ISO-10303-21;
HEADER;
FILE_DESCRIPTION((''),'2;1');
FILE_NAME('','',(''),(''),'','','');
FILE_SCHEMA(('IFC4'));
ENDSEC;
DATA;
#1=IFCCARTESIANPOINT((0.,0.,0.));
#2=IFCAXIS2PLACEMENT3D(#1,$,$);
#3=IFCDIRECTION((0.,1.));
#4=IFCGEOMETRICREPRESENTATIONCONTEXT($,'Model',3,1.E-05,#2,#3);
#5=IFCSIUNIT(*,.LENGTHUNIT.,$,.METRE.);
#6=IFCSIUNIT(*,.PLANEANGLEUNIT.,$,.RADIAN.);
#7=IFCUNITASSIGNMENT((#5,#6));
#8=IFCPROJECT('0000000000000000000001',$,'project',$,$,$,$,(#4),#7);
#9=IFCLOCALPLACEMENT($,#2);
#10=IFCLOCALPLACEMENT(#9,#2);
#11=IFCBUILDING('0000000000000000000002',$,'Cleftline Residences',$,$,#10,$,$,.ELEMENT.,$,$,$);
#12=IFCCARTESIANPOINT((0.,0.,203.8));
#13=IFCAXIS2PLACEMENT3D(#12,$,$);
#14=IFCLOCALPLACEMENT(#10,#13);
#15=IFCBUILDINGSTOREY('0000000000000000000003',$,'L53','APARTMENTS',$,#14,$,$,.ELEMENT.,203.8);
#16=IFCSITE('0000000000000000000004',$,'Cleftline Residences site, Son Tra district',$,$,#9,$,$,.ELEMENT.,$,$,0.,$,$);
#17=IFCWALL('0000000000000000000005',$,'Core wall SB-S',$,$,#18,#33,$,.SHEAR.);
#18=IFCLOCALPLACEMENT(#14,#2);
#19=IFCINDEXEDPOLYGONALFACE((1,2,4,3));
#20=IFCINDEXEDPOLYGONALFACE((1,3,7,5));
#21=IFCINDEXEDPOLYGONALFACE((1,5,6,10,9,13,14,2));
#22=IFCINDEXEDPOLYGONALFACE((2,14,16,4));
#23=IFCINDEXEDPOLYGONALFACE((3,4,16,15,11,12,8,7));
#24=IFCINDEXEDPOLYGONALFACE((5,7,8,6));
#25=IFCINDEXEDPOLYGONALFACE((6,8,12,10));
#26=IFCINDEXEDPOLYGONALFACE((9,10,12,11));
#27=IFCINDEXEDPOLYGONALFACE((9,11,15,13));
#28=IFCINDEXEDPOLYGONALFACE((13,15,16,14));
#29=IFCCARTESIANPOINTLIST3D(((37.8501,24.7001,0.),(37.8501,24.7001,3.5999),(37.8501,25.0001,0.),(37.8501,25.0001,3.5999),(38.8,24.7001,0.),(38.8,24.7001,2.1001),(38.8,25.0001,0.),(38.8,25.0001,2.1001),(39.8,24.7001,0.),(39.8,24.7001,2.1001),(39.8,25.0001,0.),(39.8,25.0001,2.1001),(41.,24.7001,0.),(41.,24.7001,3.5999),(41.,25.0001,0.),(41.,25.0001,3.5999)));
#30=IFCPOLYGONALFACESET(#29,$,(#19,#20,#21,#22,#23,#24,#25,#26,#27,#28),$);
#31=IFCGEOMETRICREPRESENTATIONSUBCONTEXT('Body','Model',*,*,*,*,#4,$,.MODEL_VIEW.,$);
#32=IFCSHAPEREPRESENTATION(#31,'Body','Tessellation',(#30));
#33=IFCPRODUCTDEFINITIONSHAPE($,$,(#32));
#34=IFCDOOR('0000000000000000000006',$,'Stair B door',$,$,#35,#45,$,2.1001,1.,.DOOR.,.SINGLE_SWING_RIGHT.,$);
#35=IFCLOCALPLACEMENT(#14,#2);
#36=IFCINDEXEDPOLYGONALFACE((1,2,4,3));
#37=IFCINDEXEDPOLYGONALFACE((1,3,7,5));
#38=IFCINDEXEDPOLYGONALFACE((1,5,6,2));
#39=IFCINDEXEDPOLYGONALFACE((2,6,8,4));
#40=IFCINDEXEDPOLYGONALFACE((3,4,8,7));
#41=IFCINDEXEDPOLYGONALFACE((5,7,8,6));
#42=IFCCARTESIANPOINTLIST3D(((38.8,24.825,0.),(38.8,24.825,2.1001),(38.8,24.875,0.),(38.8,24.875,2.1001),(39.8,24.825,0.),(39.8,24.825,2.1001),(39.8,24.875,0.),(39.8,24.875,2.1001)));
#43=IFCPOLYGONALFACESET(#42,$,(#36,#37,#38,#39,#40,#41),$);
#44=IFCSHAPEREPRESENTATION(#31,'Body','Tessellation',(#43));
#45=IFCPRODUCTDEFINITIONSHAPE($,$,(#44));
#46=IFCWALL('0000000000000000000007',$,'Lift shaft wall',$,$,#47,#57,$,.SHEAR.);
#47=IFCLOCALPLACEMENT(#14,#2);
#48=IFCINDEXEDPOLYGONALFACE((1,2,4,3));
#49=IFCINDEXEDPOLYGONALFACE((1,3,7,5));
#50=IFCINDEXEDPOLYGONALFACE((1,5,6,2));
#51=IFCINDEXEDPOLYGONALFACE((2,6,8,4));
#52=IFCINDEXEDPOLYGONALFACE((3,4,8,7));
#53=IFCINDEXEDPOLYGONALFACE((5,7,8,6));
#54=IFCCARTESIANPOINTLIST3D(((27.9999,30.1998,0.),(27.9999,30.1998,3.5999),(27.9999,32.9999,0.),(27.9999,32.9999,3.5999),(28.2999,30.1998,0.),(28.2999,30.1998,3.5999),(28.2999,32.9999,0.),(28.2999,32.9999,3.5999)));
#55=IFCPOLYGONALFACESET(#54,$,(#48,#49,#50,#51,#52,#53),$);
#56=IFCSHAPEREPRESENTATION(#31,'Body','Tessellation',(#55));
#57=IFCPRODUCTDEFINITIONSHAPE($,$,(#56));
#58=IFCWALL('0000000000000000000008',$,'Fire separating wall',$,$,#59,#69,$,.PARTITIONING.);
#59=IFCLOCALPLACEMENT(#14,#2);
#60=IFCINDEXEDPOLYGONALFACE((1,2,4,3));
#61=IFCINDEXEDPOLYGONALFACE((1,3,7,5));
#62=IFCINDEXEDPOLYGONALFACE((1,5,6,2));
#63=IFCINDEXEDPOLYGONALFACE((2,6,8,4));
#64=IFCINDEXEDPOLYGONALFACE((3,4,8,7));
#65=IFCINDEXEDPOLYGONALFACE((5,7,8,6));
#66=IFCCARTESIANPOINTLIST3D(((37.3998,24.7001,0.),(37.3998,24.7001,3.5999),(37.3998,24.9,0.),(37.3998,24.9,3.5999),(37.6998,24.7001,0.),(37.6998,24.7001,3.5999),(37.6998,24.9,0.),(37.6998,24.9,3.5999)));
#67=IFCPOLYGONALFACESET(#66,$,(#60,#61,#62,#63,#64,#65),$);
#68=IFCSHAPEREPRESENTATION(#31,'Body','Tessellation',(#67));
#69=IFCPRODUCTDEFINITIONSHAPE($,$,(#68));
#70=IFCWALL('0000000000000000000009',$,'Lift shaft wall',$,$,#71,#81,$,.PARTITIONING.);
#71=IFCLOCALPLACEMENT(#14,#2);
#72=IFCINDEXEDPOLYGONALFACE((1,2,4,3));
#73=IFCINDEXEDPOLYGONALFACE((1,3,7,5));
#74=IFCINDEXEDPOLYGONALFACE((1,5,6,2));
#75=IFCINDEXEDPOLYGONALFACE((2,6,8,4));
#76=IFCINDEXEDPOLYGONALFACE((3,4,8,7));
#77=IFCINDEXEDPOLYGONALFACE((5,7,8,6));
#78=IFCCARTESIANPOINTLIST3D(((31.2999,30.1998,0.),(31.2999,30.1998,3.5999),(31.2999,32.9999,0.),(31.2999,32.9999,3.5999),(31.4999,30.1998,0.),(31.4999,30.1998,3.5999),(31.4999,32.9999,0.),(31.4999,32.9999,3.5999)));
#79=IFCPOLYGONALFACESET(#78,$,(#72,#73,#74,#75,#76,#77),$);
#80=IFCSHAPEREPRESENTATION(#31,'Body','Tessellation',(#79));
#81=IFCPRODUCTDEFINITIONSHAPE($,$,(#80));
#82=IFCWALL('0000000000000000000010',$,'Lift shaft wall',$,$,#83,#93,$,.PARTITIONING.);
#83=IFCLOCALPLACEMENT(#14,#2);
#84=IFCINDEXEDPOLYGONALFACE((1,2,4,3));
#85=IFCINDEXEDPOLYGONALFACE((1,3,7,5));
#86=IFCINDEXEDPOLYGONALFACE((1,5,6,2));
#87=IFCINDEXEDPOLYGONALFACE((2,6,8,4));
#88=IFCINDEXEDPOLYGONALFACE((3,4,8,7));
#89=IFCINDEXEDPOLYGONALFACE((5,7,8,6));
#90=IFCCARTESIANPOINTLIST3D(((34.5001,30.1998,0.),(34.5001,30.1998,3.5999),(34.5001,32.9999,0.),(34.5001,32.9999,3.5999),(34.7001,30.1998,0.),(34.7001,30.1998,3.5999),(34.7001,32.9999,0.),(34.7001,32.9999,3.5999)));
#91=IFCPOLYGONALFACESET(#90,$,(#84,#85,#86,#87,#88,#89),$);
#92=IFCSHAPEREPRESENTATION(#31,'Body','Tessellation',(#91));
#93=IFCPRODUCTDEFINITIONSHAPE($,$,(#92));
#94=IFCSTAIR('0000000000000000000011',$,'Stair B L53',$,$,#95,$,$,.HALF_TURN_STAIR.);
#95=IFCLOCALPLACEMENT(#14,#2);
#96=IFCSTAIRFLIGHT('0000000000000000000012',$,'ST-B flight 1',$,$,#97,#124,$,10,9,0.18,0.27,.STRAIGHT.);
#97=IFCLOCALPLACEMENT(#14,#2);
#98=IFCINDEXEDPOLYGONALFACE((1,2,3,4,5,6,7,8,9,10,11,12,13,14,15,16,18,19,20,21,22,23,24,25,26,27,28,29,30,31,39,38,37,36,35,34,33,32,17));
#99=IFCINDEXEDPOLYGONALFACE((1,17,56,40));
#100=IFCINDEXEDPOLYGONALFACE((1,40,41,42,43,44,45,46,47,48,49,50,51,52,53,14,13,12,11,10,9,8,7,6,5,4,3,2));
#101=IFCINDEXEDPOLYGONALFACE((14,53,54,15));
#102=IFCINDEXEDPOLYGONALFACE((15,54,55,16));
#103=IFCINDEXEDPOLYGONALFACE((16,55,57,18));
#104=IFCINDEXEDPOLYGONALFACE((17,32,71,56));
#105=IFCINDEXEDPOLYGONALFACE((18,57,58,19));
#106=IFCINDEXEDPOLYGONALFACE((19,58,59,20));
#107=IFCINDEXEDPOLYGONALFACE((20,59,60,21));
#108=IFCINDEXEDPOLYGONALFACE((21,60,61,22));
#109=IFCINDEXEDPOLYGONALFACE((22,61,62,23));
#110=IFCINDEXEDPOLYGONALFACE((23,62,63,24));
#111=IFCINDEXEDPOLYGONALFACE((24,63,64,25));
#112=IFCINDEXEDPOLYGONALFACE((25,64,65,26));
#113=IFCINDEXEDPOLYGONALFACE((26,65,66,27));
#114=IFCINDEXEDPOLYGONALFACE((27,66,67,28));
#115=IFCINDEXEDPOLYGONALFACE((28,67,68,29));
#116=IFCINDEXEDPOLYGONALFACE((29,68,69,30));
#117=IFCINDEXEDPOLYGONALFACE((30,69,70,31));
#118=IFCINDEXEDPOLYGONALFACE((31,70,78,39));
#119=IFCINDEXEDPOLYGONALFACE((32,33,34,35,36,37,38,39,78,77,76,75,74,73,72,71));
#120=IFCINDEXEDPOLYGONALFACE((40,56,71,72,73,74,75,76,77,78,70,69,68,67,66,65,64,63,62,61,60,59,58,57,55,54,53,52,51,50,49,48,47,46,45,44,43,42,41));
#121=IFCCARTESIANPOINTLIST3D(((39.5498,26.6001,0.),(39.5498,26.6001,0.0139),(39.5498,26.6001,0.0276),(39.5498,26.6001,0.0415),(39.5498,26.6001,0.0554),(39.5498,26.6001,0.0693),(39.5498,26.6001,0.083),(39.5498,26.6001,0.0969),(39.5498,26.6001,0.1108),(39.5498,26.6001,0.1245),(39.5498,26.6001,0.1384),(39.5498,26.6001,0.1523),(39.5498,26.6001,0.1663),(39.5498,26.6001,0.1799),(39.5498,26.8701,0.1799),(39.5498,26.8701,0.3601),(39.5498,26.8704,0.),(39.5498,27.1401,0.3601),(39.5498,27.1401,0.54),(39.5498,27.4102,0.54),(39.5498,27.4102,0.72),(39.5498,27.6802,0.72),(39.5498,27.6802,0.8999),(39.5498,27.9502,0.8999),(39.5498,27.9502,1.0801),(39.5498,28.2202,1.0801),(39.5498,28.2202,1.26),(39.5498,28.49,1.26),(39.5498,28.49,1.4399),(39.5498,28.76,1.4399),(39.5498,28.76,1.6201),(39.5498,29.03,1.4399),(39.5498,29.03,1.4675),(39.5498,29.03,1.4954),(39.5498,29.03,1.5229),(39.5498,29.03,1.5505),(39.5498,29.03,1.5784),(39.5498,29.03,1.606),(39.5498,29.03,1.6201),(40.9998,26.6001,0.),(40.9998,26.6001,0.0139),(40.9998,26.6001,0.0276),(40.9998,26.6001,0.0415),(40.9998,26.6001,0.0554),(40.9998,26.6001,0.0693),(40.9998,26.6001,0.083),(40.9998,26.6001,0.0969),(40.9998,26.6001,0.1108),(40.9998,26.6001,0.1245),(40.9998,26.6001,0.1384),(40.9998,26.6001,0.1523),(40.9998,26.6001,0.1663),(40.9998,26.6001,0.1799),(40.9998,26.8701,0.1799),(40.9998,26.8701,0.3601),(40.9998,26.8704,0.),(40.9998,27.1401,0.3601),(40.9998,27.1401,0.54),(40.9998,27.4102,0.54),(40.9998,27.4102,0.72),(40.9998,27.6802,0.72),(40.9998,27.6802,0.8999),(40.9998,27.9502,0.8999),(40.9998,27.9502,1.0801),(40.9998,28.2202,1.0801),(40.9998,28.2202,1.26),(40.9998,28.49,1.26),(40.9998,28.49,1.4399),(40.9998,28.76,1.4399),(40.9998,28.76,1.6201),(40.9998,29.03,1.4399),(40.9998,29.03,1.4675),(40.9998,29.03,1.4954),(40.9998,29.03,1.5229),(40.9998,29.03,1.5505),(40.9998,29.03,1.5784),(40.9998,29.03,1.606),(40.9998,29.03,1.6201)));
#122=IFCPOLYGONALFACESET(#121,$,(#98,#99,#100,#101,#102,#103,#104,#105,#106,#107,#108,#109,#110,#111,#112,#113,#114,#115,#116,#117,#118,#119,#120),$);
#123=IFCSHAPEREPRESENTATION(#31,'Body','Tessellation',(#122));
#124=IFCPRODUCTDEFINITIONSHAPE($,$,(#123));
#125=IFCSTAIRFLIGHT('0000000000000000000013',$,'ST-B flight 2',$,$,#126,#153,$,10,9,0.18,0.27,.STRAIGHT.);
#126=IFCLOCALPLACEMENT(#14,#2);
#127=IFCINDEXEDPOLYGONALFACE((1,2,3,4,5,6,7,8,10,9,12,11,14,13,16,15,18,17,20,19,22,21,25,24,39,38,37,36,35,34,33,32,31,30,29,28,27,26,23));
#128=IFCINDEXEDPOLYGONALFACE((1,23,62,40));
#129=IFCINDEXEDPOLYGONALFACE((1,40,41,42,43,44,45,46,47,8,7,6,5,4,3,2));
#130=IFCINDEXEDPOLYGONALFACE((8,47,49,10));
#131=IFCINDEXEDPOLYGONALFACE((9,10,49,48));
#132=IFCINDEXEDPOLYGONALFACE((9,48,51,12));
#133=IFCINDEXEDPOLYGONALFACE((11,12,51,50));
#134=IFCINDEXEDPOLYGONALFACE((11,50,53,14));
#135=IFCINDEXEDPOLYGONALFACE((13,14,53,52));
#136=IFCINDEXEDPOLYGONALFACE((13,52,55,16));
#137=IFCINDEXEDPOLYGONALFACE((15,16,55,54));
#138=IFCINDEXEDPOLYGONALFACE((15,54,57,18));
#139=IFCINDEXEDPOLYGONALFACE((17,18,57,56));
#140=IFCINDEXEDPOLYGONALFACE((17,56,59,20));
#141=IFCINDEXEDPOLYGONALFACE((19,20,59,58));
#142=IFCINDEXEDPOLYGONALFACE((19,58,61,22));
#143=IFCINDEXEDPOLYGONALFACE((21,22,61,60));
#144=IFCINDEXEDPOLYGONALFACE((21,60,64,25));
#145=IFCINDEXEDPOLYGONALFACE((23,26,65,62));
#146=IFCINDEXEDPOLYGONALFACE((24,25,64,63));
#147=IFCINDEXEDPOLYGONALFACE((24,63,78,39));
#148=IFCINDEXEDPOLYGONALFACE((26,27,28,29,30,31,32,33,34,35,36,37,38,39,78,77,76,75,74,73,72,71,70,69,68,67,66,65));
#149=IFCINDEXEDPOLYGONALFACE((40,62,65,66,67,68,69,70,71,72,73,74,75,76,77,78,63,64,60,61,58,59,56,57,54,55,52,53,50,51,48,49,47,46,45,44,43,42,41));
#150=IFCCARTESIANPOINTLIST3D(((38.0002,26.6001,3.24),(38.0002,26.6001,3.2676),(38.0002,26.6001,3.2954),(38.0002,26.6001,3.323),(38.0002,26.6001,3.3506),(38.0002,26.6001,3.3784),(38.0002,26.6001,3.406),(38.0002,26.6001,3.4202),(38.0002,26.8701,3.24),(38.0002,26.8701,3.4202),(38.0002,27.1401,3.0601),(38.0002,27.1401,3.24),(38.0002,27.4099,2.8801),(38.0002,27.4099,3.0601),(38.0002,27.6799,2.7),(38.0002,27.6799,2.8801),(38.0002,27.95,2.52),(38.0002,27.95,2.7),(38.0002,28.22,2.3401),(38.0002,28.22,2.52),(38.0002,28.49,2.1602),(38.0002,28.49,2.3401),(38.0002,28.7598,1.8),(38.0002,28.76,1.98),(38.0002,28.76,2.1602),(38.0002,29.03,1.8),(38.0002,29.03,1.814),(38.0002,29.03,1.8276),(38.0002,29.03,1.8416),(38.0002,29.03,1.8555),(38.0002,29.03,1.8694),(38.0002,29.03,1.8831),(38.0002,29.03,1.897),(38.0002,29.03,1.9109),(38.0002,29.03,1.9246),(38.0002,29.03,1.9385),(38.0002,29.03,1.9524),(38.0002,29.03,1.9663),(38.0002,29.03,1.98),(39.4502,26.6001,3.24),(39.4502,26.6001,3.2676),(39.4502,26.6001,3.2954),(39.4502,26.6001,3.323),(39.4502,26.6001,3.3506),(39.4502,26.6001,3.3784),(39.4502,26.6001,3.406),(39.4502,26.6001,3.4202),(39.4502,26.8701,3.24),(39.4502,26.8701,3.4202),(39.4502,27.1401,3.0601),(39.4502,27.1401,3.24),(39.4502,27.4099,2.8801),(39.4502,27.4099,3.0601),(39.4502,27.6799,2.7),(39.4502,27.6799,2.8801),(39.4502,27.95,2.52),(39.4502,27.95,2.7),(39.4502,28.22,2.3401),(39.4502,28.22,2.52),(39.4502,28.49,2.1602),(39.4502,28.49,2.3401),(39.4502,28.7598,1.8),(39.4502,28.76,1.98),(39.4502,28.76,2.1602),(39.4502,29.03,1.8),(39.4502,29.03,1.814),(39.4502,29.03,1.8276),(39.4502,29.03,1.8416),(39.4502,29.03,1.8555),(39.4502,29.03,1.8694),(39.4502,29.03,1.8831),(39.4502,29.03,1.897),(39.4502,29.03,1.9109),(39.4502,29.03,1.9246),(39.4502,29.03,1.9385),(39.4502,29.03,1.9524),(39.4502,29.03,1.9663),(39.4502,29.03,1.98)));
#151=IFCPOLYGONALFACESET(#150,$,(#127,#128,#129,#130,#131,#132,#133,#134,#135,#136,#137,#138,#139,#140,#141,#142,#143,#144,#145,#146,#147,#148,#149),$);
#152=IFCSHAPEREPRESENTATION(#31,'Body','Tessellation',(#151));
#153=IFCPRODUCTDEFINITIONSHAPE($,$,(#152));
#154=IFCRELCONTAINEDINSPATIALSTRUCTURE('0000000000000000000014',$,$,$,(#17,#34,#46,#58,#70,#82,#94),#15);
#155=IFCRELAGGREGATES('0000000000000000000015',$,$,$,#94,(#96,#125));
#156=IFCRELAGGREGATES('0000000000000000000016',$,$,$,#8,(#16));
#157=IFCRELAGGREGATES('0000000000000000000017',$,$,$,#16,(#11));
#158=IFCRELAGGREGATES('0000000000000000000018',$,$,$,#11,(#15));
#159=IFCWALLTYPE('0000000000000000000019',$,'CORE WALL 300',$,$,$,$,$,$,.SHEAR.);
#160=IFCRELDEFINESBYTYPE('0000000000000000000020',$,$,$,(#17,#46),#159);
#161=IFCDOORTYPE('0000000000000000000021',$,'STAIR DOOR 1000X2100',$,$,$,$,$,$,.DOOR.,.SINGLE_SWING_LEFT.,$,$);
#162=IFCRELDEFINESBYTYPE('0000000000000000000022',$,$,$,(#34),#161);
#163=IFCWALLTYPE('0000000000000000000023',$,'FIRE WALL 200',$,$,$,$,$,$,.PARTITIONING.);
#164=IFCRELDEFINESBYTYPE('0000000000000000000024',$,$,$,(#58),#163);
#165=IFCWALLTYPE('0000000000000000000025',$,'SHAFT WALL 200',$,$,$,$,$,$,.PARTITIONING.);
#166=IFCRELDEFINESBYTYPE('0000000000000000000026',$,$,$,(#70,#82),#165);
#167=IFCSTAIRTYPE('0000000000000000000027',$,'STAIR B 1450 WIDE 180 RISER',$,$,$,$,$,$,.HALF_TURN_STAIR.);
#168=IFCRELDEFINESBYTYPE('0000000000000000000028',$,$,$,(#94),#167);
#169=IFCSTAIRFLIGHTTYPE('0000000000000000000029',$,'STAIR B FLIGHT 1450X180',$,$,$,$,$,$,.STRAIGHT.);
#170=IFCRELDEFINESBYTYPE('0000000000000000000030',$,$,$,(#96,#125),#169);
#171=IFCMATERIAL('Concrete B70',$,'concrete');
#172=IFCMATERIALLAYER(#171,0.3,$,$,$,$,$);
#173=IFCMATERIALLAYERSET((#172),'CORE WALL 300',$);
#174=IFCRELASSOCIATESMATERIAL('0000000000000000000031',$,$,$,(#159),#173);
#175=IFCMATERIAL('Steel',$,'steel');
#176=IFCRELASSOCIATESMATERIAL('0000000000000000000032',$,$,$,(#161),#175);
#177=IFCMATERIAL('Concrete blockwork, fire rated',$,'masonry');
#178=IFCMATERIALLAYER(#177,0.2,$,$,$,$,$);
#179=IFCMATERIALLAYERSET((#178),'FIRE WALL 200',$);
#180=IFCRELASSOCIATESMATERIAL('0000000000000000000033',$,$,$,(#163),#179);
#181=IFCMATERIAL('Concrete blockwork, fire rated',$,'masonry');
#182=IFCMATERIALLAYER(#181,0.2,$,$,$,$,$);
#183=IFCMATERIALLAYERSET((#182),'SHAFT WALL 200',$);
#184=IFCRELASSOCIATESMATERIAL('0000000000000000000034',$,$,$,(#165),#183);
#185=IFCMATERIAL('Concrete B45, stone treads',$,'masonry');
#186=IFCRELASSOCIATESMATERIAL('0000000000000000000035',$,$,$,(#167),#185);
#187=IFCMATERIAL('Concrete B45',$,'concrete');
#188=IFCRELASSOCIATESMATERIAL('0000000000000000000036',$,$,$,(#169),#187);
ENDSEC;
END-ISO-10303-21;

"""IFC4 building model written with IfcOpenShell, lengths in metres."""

from ifc_helpers import new_model, si_unit, direction, frame, frame_2d, origin, place, context, subcontext, project, spatial, polyline, rectangle, outline, extrude, material, layer, layer_set, type_object, element, fill, aggregate, save


model = new_model("IFC4")

# Units and contexts
model_context = context("Model", 3, precision=1e-05, world=origin(), true_north=direction((0.0, 1.0)))
body_context = subcontext(model_context, "Body", "Model", "MODEL_VIEW")
ifc_project = project(units=[si_unit("LENGTHUNIT", "METRE"), si_unit("PLANEANGLEUNIT", "RADIAN")], contexts=[model_context])

# Site, building, storey
site_placement = place(None, origin())
site = spatial("IfcSite", under=ifc_project, at=site_placement, Name="Cleftline Residences site, Son Tra district", CompositionType="ELEMENT", RefElevation=0.0)
building_placement = place(site_placement, origin())
building = spatial("IfcBuilding", under=site, at=building_placement, Name="Cleftline Residences", CompositionType="ELEMENT")
storey_placement = place(building_placement, frame((0.0, 0.0, 203.8)))
storey = spatial("IfcBuildingStorey", under=building, at=storey_placement, Name="L53", Description="APARTMENTS", CompositionType="ELEMENT", Elevation=203.8)

# Shared definitions
ifc_material_1 = material(Name="Concrete B70", Category="concrete")
ifc_layer_1 = layer(ifc_material_1, 0.3)
ifc_layer_set_1 = layer_set([ifc_layer_1], Name="CORE WALL 300")
wall_type_1 = type_object("IfcWallType", Name="CORE WALL 300", PredefinedType="SHEAR", material=ifc_layer_set_1)

# Wall, opening, door
wall_1_placement = place(storey_placement, frame((37.8501, 24.8501, 0.0), z_axis=(0.0, 0.0, 1.0), x_axis=(1.0, 0.0, 0.0)))
wall_1 = element("IfcWall", 1, at=wall_1_placement, inside=storey, type_object=wall_type_1, Name="Core wall SB-S", PredefinedType="SHEAR", context=body_context, shape_type="SweptSolid", body=[
    extrude(rectangle(XDim=3.1499, YDim=0.3, at=frame_2d((1.575, 0.0))), origin(), (0.0, 0.0, 1.0), 3.5999),
])
opening_placement = place(wall_1_placement, frame((0.95, 0.0, 0.0)))
opening = element("IfcOpeningElement", 2, at=opening_placement, cuts=wall_1, PredefinedType="OPENING", context=body_context, shape_type="SweptSolid", body=[
    extrude(rectangle(XDim=1.0, YDim=2.1001, at=frame_2d((0.5, 1.05))), frame((0.0, 0.1599, 0.0), z_axis=(0.0, -1.0, 0.0), x_axis=(1.0, 0.0, 0.0)), (0.0, 0.0, 1.0), 0.3201),
])
ifc_material_2 = material(Name="Steel", Category="steel")
door_type = type_object("IfcDoorType", Name="STAIR DOOR 1000X2100", OperationType="SINGLE_SWING_LEFT", PredefinedType="DOOR", material=ifc_material_2)
door_placement = place(opening_placement, origin())
door = element("IfcDoor", 3, at=door_placement, inside=storey, type_object=door_type, Name="Stair B door", OperationType="SINGLE_SWING_RIGHT", OverallHeight=2.1001, OverallWidth=1.0, PredefinedType="DOOR", context=body_context, shape_type="SweptSolid", body=[
    extrude(rectangle(XDim=1.0, YDim=2.1001, at=frame_2d((0.5, 1.05))), frame((0.0, 0.0249, 0.0), z_axis=(0.0, -1.0, 0.0), x_axis=(1.0, 0.0, 0.0)), (0.0, 0.0, 1.0), 0.05),
])
fill(opening, door)

# Walls
wall_2_placement = place(storey_placement, frame((28.1499, 30.2, 0.0), z_axis=(0.0, 0.0, 1.0), x_axis=(0.0, 1.0, 0.0)))
element("IfcWall", 4, at=wall_2_placement, inside=storey, type_object=wall_type_1, Name="Lift shaft wall", PredefinedType="SHEAR", context=body_context, shape_type="SweptSolid", body=[
    extrude(rectangle(XDim=2.8, YDim=0.3, at=frame_2d((1.3999, 0.0))), origin(), (0.0, 0.0, 1.0), 3.5999),
])
ifc_material_3 = material(Name="Concrete blockwork, fire rated", Category="masonry")
ifc_layer_2 = layer(ifc_material_3, 0.2)
ifc_layer_set_2 = layer_set([ifc_layer_2], Name="FIRE WALL 200")
wall_type_2 = type_object("IfcWallType", Name="FIRE WALL 200", PredefinedType="PARTITIONING", material=ifc_layer_set_2)
wall_3_placement = place(storey_placement, frame((37.3999, 24.8, 0.0), z_axis=(0.0, 0.0, 1.0), x_axis=(1.0, 0.0, 0.0)))
element("IfcWall", 5, at=wall_3_placement, inside=storey, type_object=wall_type_2, Name="Fire separating wall", PredefinedType="PARTITIONING", context=body_context, shape_type="SweptSolid", body=[
    extrude(rectangle(XDim=0.3, YDim=0.2, at=frame_2d((0.1499, 0.0))), origin(), (0.0, 0.0, 1.0), 3.5999),
])
ifc_material_4 = material(Name="Concrete blockwork, fire rated", Category="masonry")
ifc_layer_3 = layer(ifc_material_4, 0.2)
ifc_layer_set_3 = layer_set([ifc_layer_3], Name="SHAFT WALL 200")
wall_type_3 = type_object("IfcWallType", Name="SHAFT WALL 200", PredefinedType="PARTITIONING", material=ifc_layer_set_3)
for number, where, z_axis, x_axis, name in (
    (6, (31.3999, 30.2, 0.0), (0.0, 0.0, 1.0), (0.0, 1.0, 0.0), "Lift shaft wall"),
    (7, (34.6001, 30.2, 0.0), (0.0, 0.0, 1.0), (0.0, 1.0, 0.0), "Lift shaft wall"),
):
    element("IfcWall", number, at=place(storey_placement, frame(where, z_axis=z_axis, x_axis=x_axis)), inside=storey, type_object=wall_type_3, Name=name, PredefinedType="PARTITIONING", context=body_context, shape_type="SweptSolid", body=[
        extrude(rectangle(XDim=2.8, YDim=0.2, at=frame_2d((1.3999, 0.0))), origin(), (0.0, 0.0, 1.0), 3.5999),
    ])

# Stair, stair flights
ifc_material_5 = material(Name="Concrete B45, stone treads", Category="masonry")
stair_type = type_object("IfcStairType", Name="STAIR B 1450 WIDE 180 RISER", PredefinedType="HALF_TURN_STAIR", material=ifc_material_5)
stair_placement = place(storey_placement, origin())
stair = element("IfcStair", 8, at=stair_placement, inside=storey, type_object=stair_type, Name="Stair B L53", PredefinedType="HALF_TURN_STAIR")
ifc_material_6 = material(Name="Concrete B45", Category="concrete")
stair_flight_type = type_object("IfcStairFlightType", Name="STAIR B FLIGHT 1450X180", PredefinedType="STRAIGHT", material=ifc_material_6)
stair_flight_1_placement = place(storey_placement, frame((40.2749, 26.6001, 0.0), z_axis=(0.0, 0.0, 1.0), x_axis=(0.0, 1.0, 0.0)))
stair_flight_1 = element("IfcStairFlight", 9, at=stair_flight_1_placement, type_object=stair_flight_type, Name="ST-B flight 1", NumberOfRisers=10, NumberOfTreads=9, PredefinedType="STRAIGHT", RiserHeight=0.18, TreadLength=0.27, context=body_context, shape_type="SweptSolid", body=[
    extrude(outline(polyline([(0.0, 0.0), (0.0, 0.0139), (0.0, 0.0276), (0.0, 0.0415), (0.0, 0.0554), (0.0, 0.0693), (0.0, 0.083), (0.0, 0.0969), (0.0, 0.1108), (0.0, 0.1245), (0.0, 0.1384), (0.0, 0.1523), (0.0, 0.1663), (0.0, 0.1799), (0.27, 0.1799), (0.27, 0.3601), (0.54, 0.3601), (0.54, 0.54), (0.8101, 0.54), (0.8101, 0.72), (1.0801, 0.72), (1.0801, 0.8999), (1.3501, 0.8999), (1.3501, 1.0801), (1.6201, 1.0801), (1.6201, 1.26), (1.8899, 1.26), (1.8899, 1.4399), (2.1599, 1.4399), (2.1599, 1.6201), (2.4299, 1.6201), (2.4299, 1.8), (2.4299, 1.7722), (2.4299, 1.7446), (2.4299, 1.7168), (2.4299, 1.6892), (2.4299, 1.6614), (2.4299, 1.6338), (2.4299, 1.606), (2.4299, 1.5784), (2.4299, 1.5505), (2.4299, 1.5229), (2.4299, 1.4954), (2.4299, 1.4675), (2.4299, 1.4399), (0.2703, 0.0), (0.0, 0.0)])), frame((0.0, 0.7251, 0.0), z_axis=(0.0, -1.0, 0.0), x_axis=(1.0, 0.0, 0.0)), (0.0, 0.0, 1.0), 1.45),
])
stair_flight_2_placement = place(storey_placement, frame((38.7251, 29.03, 1.8), z_axis=(0.0, 0.0, 1.0), x_axis=(0.0, -1.0, 0.0)))
stair_flight_2 = element("IfcStairFlight", 10, at=stair_flight_2_placement, type_object=stair_flight_type, Name="ST-B flight 2", NumberOfRisers=10, NumberOfTreads=9, PredefinedType="STRAIGHT", RiserHeight=0.18, TreadLength=0.27, context=body_context, shape_type="SweptSolid", body=[
    extrude(outline(polyline([(0.0, 0.0), (0.0, 0.0139), (0.0, 0.0276), (0.0, 0.0415), (0.0, 0.0554), (0.0, 0.0693), (0.0, 0.083), (0.0, 0.0969), (0.0, 0.1108), (0.0, 0.1245), (0.0, 0.1384), (0.0, 0.1523), (0.0, 0.1663), (0.0, 0.1799), (0.27, 0.1799), (0.27, 0.3601), (0.54, 0.3601), (0.54, 0.54), (0.8101, 0.54), (0.8101, 0.72), (1.0801, 0.72), (1.0801, 0.8999), (1.3501, 0.8999), (1.3501, 1.0801), (1.6201, 1.0801), (1.6201, 1.26), (1.8899, 1.26), (1.8899, 1.4399), (2.1599, 1.4399), (2.1599, 1.6201), (2.4299, 1.6201), (2.4299, 1.8), (2.4299, 1.7722), (2.4299, 1.7446), (2.4299, 1.7168), (2.4299, 1.6892), (2.4299, 1.6614), (2.4299, 1.6338), (2.4299, 1.606), (2.4299, 1.5784), (2.4299, 1.5505), (2.4299, 1.5229), (2.4299, 1.4954), (2.4299, 1.4675), (2.4299, 1.4399), (0.2703, 0.0), (0.0, 0.0)])), frame((0.0, 0.7251, 0.0), z_axis=(0.0, -1.0, 0.0), x_axis=(1.0, 0.0, 0.0)), (0.0, 0.0, 1.0), 1.45),
])
aggregate(stair, [stair_flight_1, stair_flight_2])

save(model, "model.ifc")
